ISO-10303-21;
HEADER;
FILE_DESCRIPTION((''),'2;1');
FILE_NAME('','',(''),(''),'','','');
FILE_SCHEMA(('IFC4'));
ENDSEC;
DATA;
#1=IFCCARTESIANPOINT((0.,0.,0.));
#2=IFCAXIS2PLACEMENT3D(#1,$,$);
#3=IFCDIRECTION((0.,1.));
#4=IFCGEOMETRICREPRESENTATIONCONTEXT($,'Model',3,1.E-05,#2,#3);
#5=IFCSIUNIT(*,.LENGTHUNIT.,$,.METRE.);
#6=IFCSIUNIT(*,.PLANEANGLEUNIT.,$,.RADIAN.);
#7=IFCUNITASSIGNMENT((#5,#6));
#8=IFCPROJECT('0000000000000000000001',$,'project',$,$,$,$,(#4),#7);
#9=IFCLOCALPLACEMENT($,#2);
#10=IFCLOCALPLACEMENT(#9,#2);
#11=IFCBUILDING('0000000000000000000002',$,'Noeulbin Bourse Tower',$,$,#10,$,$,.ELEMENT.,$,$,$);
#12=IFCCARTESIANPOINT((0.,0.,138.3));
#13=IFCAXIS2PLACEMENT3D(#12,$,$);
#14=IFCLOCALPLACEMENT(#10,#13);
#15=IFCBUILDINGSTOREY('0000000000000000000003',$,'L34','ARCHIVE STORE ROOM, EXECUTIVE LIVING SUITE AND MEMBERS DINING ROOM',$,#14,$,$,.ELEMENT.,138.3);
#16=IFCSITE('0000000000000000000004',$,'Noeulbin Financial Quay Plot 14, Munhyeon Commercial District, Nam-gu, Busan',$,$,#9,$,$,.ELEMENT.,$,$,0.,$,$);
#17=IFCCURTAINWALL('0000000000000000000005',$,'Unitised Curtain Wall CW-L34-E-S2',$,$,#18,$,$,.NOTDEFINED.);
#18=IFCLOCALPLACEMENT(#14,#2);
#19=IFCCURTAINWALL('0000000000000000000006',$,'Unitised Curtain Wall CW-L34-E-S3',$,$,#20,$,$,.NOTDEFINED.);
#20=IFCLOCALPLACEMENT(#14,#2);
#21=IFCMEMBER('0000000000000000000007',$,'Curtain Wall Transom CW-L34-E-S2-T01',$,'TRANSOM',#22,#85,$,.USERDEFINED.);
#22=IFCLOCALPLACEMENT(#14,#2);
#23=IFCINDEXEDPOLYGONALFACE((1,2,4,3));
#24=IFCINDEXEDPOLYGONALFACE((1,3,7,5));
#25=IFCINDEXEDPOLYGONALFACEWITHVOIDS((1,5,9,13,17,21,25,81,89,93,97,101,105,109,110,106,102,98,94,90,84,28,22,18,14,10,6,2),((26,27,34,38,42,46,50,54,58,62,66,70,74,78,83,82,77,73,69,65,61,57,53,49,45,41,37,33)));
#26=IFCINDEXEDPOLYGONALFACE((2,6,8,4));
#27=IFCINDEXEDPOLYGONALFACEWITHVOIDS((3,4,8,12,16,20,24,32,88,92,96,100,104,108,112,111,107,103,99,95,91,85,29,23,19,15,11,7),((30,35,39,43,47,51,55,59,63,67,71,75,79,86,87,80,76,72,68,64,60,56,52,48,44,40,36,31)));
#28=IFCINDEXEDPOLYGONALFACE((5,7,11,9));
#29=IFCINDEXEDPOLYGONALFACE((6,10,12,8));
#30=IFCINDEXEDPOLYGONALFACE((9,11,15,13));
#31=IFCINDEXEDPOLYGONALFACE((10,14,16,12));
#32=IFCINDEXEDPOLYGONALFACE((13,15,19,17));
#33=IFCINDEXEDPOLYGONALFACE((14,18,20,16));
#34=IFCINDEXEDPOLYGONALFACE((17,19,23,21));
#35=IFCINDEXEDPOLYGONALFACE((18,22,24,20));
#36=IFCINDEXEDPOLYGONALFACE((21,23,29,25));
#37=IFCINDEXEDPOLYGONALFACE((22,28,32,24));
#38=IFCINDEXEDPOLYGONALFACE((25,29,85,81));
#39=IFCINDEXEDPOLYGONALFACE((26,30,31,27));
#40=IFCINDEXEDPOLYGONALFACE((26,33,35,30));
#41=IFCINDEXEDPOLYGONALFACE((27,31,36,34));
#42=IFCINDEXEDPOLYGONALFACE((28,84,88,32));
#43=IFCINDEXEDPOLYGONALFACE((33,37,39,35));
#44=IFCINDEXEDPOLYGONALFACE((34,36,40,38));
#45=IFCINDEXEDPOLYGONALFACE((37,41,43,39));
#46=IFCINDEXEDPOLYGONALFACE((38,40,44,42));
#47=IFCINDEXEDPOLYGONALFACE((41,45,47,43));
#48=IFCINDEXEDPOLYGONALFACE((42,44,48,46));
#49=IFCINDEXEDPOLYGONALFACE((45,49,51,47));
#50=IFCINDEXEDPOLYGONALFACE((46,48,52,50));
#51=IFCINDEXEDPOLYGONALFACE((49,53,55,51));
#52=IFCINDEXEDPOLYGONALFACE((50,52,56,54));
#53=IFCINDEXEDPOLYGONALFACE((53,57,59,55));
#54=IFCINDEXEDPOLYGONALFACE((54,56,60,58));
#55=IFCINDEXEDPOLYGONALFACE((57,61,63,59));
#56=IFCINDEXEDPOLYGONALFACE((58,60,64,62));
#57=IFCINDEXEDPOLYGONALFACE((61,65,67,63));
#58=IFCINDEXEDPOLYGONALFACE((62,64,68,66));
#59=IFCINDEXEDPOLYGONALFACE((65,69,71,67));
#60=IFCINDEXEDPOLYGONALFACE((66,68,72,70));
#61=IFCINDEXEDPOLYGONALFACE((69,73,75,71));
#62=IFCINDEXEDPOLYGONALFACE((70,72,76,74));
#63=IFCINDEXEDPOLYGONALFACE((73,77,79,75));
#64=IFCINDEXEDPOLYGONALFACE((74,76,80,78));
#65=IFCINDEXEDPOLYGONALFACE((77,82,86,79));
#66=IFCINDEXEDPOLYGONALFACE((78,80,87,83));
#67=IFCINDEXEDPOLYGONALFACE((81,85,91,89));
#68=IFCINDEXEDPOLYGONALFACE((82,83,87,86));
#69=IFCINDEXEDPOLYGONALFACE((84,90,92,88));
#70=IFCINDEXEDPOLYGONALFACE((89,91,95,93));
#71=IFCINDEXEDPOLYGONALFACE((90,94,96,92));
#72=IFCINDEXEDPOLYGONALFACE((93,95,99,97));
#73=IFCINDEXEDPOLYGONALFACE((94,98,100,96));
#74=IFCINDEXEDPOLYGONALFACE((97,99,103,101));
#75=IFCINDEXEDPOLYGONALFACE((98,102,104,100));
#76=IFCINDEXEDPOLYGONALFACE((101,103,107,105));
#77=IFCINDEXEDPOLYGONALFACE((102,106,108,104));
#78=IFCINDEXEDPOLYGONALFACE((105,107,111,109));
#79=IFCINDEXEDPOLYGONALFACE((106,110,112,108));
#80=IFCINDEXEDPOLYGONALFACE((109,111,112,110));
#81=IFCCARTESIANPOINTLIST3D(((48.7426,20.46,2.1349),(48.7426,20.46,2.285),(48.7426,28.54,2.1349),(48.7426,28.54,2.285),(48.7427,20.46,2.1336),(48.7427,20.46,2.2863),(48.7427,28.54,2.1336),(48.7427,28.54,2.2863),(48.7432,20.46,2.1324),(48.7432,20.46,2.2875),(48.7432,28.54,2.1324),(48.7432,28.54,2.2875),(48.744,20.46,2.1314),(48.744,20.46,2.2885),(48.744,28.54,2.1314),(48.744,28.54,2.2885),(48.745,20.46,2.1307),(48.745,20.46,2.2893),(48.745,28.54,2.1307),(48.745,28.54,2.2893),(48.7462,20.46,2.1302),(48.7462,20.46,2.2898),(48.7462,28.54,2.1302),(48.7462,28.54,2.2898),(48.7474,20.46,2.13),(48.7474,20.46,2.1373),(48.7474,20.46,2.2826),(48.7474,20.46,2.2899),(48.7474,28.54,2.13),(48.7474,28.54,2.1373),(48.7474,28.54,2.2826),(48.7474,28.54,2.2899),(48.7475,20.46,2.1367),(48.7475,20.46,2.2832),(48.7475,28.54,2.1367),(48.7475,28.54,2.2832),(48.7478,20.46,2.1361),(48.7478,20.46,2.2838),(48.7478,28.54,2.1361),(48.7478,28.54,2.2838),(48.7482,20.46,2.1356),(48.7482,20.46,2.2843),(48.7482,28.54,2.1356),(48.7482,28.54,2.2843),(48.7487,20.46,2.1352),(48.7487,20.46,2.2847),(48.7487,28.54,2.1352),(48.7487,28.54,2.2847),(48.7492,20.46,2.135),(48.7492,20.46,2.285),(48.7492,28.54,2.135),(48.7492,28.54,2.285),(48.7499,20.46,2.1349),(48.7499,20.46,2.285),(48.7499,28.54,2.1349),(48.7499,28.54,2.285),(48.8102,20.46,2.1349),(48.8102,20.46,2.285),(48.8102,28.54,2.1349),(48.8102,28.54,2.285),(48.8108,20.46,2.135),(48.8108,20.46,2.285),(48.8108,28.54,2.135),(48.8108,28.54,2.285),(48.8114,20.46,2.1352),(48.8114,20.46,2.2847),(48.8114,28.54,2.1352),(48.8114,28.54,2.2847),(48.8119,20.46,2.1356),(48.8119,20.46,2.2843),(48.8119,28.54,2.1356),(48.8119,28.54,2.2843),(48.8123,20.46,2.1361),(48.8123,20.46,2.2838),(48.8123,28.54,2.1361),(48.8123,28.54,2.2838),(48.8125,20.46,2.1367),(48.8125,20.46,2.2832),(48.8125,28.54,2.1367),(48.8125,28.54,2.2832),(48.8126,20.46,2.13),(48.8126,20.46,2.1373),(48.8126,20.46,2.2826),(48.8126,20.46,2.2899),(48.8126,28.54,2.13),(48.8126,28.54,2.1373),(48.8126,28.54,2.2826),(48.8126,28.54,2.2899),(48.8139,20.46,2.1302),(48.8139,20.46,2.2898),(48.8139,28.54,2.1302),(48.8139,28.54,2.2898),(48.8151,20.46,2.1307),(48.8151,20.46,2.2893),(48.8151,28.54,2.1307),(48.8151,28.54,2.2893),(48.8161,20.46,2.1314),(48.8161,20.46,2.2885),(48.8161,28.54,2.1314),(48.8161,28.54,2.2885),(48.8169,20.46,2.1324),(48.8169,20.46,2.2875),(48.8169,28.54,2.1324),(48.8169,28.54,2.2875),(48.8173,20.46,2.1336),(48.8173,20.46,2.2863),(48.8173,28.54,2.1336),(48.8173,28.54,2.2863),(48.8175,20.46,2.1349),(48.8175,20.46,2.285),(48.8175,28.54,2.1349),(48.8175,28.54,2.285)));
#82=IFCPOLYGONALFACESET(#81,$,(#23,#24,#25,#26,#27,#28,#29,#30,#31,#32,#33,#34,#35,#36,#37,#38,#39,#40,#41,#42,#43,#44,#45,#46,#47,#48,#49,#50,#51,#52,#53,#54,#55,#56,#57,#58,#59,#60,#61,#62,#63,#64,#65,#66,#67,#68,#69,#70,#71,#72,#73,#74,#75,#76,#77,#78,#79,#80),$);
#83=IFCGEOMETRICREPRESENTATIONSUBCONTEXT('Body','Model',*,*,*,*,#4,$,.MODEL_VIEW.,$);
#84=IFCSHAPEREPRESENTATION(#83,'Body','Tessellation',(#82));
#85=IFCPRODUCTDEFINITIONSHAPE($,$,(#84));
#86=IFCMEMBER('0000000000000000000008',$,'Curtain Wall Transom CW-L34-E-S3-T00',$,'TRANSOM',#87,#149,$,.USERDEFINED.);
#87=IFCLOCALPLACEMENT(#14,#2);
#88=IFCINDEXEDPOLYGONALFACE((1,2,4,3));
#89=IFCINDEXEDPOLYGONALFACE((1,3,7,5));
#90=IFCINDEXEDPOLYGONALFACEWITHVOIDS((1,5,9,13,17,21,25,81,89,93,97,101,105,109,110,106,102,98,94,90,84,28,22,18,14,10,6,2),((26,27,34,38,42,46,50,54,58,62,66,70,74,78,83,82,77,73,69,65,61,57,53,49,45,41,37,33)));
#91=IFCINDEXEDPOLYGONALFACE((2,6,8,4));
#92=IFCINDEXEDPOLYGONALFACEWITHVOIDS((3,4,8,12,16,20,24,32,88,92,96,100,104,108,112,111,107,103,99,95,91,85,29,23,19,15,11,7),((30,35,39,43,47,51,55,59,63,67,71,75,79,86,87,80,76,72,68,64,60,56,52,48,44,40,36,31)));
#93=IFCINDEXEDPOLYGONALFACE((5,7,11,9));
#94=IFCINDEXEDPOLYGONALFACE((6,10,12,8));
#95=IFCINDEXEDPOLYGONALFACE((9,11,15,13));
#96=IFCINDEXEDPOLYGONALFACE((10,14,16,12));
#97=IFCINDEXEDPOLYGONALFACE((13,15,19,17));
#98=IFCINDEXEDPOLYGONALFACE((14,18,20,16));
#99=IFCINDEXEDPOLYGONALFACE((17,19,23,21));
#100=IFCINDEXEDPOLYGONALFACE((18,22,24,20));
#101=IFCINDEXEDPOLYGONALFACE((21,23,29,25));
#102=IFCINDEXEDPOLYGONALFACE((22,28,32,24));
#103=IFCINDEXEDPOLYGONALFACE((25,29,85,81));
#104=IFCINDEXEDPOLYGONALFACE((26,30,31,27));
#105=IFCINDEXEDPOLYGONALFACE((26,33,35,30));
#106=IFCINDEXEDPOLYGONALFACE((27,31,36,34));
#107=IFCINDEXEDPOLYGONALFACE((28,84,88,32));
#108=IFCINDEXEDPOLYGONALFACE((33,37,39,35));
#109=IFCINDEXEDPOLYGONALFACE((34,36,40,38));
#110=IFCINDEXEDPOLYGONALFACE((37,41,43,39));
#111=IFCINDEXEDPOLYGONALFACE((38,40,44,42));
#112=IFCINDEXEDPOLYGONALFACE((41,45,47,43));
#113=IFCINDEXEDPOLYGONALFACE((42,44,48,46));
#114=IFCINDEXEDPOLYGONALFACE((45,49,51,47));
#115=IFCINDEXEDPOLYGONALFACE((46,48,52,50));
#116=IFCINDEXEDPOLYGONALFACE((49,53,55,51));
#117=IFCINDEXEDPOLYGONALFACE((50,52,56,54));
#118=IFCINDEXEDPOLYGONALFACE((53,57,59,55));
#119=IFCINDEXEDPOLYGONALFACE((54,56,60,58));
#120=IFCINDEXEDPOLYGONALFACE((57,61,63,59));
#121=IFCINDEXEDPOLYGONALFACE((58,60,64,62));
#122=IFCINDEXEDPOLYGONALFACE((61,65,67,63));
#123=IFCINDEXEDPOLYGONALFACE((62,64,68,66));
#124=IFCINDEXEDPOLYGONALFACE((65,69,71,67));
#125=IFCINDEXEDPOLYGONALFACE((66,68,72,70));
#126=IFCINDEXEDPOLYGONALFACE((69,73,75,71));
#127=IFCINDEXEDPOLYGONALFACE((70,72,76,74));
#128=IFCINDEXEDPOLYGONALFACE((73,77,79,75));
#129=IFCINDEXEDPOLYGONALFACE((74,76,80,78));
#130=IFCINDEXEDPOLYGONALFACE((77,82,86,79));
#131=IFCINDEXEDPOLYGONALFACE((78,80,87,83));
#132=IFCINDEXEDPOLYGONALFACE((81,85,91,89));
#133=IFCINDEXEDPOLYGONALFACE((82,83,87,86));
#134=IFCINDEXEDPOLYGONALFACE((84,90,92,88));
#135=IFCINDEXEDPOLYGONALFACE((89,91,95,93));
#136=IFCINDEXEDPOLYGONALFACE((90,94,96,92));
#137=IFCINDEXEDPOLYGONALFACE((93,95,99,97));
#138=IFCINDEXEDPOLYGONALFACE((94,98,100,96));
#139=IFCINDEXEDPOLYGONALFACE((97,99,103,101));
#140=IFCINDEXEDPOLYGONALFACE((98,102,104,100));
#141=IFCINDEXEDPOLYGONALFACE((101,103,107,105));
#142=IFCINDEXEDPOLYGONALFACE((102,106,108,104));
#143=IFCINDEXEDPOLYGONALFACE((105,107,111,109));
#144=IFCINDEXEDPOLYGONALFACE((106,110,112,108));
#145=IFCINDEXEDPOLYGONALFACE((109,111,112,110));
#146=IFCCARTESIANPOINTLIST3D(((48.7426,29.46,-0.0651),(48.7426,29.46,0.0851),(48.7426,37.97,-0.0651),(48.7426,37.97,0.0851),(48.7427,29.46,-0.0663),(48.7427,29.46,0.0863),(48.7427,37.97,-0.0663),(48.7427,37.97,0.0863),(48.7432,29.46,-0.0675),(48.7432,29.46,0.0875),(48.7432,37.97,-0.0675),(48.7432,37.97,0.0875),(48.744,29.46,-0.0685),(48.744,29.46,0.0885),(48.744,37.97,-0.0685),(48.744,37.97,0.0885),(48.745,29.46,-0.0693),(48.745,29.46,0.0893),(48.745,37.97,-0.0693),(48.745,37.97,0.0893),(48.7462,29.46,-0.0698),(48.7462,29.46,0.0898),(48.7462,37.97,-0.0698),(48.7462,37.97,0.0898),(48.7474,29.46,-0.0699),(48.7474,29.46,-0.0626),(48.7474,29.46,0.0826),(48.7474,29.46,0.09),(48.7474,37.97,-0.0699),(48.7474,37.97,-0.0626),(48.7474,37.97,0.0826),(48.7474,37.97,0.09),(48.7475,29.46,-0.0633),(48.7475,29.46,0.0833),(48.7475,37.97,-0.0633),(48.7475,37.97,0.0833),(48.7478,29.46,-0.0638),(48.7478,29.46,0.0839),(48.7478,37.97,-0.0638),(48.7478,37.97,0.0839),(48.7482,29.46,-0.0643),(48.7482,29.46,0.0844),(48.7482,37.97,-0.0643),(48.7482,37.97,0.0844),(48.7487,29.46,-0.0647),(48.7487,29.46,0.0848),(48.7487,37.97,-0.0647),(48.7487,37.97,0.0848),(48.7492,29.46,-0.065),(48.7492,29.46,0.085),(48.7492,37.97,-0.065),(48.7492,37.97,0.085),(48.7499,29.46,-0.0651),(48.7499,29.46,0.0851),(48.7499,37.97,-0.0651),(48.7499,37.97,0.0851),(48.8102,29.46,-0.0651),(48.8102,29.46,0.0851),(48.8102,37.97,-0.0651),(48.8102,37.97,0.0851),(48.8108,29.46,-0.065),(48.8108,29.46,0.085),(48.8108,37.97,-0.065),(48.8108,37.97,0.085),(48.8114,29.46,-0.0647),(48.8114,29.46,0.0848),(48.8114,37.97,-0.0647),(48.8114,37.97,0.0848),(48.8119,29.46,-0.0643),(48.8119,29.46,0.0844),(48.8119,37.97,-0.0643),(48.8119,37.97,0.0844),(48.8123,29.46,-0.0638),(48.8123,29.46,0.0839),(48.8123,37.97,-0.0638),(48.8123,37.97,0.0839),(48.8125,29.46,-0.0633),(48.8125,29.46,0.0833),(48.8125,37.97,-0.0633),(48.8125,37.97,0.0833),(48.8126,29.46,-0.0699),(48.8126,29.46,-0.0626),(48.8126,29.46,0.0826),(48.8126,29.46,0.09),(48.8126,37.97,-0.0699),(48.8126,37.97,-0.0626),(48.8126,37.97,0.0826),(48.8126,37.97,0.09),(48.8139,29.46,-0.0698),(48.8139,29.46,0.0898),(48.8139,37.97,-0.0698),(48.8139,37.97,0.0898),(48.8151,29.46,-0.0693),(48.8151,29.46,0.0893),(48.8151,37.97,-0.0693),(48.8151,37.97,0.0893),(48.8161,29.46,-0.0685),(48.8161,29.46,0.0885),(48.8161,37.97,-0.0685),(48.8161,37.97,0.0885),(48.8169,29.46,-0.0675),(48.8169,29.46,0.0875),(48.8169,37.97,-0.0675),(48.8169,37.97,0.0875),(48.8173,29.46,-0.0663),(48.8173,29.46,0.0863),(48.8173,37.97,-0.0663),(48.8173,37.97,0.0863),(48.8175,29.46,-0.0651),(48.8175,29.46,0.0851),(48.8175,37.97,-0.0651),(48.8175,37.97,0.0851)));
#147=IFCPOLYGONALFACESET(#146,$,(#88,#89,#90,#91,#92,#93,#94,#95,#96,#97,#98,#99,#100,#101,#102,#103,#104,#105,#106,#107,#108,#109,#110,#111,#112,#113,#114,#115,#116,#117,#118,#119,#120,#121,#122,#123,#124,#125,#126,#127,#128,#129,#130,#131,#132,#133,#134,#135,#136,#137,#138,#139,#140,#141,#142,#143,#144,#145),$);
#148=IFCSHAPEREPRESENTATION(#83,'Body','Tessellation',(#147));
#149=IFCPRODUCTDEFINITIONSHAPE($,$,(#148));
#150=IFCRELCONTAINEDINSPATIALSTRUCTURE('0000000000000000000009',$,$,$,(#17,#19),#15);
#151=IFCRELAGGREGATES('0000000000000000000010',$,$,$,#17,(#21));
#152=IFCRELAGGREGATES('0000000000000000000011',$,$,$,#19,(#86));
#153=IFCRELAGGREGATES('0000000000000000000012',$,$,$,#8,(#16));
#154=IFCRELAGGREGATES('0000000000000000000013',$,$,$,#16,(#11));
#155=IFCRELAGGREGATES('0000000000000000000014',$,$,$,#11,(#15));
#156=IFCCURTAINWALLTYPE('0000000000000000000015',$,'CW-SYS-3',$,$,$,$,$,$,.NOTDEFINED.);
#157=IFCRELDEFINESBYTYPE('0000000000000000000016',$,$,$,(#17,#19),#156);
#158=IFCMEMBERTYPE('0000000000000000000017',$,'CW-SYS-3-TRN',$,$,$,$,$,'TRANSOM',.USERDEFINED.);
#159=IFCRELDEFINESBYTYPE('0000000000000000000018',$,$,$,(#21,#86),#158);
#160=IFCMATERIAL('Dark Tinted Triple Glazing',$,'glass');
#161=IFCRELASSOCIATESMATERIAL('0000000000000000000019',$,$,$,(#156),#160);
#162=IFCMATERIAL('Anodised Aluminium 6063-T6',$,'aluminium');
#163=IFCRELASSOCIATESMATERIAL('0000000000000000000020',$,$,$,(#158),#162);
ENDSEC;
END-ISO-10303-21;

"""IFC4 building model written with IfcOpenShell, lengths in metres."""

from ifc_helpers import new_model, si_unit, direction, frame, origin, origin_2d, place, context, subcontext, project, spatial, hollow_rectangle, extrude, material, material_profile, profile_set, type_object, element, aggregate, save


model = new_model("IFC4")

# Units and contexts
model_context = context("Model", 3, precision=1e-05, world=origin(), true_north=direction((0.0, 1.0)))
body_context = subcontext(model_context, "Body", "Model", "MODEL_VIEW")
ifc_project = project(units=[si_unit("LENGTHUNIT", "METRE"), si_unit("PLANEANGLEUNIT", "RADIAN")], contexts=[model_context])

# Site, building, storey
site_placement = place(None, origin())
site = spatial("IfcSite", under=ifc_project, at=site_placement, Name="Noeulbin Financial Quay Plot 14, Munhyeon Commercial District, Nam-gu, Busan", CompositionType="ELEMENT", RefElevation=0.0)
building_placement = place(site_placement, origin())
building = spatial("IfcBuilding", under=site, at=building_placement, Name="Noeulbin Bourse Tower", CompositionType="ELEMENT")
storey_placement = place(building_placement, frame((0.0, 0.0, 138.3)))
storey = spatial("IfcBuildingStorey", under=building, at=storey_placement, Name="L34", Description="ARCHIVE STORE ROOM, EXECUTIVE LIVING SUITE AND MEMBERS DINING ROOM", CompositionType="ELEMENT", Elevation=138.3)

# Curtain walls
ifc_material_1 = material(Name="Dark Tinted Triple Glazing", Category="glass")
curtain_wall_type = type_object("IfcCurtainWallType", Name="CW-SYS-3", PredefinedType="NOTDEFINED", material=ifc_material_1)
curtain_wall_1_placement = place(storey_placement, origin())
curtain_wall_1 = element("IfcCurtainWall", 1, at=curtain_wall_1_placement, inside=storey, type_object=curtain_wall_type, Name="Unitised Curtain Wall CW-L34-E-S2", PredefinedType="NOTDEFINED")
ifc_material_2 = material(Name="Anodised Aluminium 6063-T6", Category="aluminium")
curtain_wall_2_placement = place(storey_placement, origin())
curtain_wall_2 = element("IfcCurtainWall", 2, at=curtain_wall_2_placement, inside=storey, type_object=curtain_wall_type, Name="Unitised Curtain Wall CW-L34-E-S3", PredefinedType="NOTDEFINED")

# Members
ifc_material_profile_1 = material_profile(ifc_material_2, hollow_rectangle(XDim=0.075, YDim=0.1599, WallThickness=0.0049, InnerFilletRadius=0.0024, OuterFilletRadius=0.0049, at=origin_2d()), Name="ALU-TRAN-75x160x5", Category="LoadBearing")
ifc_profile_set_1 = profile_set([ifc_material_profile_1], Name="Anodised Aluminium 6063-T6")
member_type_1 = type_object("IfcMemberType", Name="CW-SYS-3-TRN", ElementType="TRANSOM", PredefinedType="USERDEFINED", material=ifc_profile_set_1)
member_1_placement = place(storey_placement, frame((48.78, 20.46, 2.21), z_axis=(0.0, 1.0, 0.0), x_axis=(-1.0, 0.0, 0.0)))
member_1 = element("IfcMember", 3, at=member_1_placement, type_object=member_type_1, Name="Curtain Wall Transom CW-L34-E-S2-T01", ObjectType="TRANSOM", PredefinedType="USERDEFINED", context=body_context, shape_type="SweptSolid", body=[
    extrude(hollow_rectangle(XDim=0.075, YDim=0.1599, WallThickness=0.0049, InnerFilletRadius=0.0024, OuterFilletRadius=0.0049, at=origin_2d()), origin(), (0.0, 0.0, 1.0), 8.0801),
])
member_2_placement = place(storey_placement, frame((48.78, 29.46, 0.01), z_axis=(0.0, 1.0, 0.0), x_axis=(-1.0, 0.0, 0.0)))
member_2 = element("IfcMember", 4, at=member_2_placement, type_object=member_type_1, Name="Curtain Wall Transom CW-L34-E-S3-T00", ObjectType="TRANSOM", PredefinedType="USERDEFINED", context=body_context, shape_type="SweptSolid", body=[
    extrude(hollow_rectangle(XDim=0.075, YDim=0.1599, WallThickness=0.0049, InnerFilletRadius=0.0024, OuterFilletRadius=0.0049, at=origin_2d()), origin(), (0.0, 0.0, 1.0), 8.51),
])

aggregate(curtain_wall_1, [member_1])
aggregate(curtain_wall_2, [member_2])

save(model, "model.ifc")
